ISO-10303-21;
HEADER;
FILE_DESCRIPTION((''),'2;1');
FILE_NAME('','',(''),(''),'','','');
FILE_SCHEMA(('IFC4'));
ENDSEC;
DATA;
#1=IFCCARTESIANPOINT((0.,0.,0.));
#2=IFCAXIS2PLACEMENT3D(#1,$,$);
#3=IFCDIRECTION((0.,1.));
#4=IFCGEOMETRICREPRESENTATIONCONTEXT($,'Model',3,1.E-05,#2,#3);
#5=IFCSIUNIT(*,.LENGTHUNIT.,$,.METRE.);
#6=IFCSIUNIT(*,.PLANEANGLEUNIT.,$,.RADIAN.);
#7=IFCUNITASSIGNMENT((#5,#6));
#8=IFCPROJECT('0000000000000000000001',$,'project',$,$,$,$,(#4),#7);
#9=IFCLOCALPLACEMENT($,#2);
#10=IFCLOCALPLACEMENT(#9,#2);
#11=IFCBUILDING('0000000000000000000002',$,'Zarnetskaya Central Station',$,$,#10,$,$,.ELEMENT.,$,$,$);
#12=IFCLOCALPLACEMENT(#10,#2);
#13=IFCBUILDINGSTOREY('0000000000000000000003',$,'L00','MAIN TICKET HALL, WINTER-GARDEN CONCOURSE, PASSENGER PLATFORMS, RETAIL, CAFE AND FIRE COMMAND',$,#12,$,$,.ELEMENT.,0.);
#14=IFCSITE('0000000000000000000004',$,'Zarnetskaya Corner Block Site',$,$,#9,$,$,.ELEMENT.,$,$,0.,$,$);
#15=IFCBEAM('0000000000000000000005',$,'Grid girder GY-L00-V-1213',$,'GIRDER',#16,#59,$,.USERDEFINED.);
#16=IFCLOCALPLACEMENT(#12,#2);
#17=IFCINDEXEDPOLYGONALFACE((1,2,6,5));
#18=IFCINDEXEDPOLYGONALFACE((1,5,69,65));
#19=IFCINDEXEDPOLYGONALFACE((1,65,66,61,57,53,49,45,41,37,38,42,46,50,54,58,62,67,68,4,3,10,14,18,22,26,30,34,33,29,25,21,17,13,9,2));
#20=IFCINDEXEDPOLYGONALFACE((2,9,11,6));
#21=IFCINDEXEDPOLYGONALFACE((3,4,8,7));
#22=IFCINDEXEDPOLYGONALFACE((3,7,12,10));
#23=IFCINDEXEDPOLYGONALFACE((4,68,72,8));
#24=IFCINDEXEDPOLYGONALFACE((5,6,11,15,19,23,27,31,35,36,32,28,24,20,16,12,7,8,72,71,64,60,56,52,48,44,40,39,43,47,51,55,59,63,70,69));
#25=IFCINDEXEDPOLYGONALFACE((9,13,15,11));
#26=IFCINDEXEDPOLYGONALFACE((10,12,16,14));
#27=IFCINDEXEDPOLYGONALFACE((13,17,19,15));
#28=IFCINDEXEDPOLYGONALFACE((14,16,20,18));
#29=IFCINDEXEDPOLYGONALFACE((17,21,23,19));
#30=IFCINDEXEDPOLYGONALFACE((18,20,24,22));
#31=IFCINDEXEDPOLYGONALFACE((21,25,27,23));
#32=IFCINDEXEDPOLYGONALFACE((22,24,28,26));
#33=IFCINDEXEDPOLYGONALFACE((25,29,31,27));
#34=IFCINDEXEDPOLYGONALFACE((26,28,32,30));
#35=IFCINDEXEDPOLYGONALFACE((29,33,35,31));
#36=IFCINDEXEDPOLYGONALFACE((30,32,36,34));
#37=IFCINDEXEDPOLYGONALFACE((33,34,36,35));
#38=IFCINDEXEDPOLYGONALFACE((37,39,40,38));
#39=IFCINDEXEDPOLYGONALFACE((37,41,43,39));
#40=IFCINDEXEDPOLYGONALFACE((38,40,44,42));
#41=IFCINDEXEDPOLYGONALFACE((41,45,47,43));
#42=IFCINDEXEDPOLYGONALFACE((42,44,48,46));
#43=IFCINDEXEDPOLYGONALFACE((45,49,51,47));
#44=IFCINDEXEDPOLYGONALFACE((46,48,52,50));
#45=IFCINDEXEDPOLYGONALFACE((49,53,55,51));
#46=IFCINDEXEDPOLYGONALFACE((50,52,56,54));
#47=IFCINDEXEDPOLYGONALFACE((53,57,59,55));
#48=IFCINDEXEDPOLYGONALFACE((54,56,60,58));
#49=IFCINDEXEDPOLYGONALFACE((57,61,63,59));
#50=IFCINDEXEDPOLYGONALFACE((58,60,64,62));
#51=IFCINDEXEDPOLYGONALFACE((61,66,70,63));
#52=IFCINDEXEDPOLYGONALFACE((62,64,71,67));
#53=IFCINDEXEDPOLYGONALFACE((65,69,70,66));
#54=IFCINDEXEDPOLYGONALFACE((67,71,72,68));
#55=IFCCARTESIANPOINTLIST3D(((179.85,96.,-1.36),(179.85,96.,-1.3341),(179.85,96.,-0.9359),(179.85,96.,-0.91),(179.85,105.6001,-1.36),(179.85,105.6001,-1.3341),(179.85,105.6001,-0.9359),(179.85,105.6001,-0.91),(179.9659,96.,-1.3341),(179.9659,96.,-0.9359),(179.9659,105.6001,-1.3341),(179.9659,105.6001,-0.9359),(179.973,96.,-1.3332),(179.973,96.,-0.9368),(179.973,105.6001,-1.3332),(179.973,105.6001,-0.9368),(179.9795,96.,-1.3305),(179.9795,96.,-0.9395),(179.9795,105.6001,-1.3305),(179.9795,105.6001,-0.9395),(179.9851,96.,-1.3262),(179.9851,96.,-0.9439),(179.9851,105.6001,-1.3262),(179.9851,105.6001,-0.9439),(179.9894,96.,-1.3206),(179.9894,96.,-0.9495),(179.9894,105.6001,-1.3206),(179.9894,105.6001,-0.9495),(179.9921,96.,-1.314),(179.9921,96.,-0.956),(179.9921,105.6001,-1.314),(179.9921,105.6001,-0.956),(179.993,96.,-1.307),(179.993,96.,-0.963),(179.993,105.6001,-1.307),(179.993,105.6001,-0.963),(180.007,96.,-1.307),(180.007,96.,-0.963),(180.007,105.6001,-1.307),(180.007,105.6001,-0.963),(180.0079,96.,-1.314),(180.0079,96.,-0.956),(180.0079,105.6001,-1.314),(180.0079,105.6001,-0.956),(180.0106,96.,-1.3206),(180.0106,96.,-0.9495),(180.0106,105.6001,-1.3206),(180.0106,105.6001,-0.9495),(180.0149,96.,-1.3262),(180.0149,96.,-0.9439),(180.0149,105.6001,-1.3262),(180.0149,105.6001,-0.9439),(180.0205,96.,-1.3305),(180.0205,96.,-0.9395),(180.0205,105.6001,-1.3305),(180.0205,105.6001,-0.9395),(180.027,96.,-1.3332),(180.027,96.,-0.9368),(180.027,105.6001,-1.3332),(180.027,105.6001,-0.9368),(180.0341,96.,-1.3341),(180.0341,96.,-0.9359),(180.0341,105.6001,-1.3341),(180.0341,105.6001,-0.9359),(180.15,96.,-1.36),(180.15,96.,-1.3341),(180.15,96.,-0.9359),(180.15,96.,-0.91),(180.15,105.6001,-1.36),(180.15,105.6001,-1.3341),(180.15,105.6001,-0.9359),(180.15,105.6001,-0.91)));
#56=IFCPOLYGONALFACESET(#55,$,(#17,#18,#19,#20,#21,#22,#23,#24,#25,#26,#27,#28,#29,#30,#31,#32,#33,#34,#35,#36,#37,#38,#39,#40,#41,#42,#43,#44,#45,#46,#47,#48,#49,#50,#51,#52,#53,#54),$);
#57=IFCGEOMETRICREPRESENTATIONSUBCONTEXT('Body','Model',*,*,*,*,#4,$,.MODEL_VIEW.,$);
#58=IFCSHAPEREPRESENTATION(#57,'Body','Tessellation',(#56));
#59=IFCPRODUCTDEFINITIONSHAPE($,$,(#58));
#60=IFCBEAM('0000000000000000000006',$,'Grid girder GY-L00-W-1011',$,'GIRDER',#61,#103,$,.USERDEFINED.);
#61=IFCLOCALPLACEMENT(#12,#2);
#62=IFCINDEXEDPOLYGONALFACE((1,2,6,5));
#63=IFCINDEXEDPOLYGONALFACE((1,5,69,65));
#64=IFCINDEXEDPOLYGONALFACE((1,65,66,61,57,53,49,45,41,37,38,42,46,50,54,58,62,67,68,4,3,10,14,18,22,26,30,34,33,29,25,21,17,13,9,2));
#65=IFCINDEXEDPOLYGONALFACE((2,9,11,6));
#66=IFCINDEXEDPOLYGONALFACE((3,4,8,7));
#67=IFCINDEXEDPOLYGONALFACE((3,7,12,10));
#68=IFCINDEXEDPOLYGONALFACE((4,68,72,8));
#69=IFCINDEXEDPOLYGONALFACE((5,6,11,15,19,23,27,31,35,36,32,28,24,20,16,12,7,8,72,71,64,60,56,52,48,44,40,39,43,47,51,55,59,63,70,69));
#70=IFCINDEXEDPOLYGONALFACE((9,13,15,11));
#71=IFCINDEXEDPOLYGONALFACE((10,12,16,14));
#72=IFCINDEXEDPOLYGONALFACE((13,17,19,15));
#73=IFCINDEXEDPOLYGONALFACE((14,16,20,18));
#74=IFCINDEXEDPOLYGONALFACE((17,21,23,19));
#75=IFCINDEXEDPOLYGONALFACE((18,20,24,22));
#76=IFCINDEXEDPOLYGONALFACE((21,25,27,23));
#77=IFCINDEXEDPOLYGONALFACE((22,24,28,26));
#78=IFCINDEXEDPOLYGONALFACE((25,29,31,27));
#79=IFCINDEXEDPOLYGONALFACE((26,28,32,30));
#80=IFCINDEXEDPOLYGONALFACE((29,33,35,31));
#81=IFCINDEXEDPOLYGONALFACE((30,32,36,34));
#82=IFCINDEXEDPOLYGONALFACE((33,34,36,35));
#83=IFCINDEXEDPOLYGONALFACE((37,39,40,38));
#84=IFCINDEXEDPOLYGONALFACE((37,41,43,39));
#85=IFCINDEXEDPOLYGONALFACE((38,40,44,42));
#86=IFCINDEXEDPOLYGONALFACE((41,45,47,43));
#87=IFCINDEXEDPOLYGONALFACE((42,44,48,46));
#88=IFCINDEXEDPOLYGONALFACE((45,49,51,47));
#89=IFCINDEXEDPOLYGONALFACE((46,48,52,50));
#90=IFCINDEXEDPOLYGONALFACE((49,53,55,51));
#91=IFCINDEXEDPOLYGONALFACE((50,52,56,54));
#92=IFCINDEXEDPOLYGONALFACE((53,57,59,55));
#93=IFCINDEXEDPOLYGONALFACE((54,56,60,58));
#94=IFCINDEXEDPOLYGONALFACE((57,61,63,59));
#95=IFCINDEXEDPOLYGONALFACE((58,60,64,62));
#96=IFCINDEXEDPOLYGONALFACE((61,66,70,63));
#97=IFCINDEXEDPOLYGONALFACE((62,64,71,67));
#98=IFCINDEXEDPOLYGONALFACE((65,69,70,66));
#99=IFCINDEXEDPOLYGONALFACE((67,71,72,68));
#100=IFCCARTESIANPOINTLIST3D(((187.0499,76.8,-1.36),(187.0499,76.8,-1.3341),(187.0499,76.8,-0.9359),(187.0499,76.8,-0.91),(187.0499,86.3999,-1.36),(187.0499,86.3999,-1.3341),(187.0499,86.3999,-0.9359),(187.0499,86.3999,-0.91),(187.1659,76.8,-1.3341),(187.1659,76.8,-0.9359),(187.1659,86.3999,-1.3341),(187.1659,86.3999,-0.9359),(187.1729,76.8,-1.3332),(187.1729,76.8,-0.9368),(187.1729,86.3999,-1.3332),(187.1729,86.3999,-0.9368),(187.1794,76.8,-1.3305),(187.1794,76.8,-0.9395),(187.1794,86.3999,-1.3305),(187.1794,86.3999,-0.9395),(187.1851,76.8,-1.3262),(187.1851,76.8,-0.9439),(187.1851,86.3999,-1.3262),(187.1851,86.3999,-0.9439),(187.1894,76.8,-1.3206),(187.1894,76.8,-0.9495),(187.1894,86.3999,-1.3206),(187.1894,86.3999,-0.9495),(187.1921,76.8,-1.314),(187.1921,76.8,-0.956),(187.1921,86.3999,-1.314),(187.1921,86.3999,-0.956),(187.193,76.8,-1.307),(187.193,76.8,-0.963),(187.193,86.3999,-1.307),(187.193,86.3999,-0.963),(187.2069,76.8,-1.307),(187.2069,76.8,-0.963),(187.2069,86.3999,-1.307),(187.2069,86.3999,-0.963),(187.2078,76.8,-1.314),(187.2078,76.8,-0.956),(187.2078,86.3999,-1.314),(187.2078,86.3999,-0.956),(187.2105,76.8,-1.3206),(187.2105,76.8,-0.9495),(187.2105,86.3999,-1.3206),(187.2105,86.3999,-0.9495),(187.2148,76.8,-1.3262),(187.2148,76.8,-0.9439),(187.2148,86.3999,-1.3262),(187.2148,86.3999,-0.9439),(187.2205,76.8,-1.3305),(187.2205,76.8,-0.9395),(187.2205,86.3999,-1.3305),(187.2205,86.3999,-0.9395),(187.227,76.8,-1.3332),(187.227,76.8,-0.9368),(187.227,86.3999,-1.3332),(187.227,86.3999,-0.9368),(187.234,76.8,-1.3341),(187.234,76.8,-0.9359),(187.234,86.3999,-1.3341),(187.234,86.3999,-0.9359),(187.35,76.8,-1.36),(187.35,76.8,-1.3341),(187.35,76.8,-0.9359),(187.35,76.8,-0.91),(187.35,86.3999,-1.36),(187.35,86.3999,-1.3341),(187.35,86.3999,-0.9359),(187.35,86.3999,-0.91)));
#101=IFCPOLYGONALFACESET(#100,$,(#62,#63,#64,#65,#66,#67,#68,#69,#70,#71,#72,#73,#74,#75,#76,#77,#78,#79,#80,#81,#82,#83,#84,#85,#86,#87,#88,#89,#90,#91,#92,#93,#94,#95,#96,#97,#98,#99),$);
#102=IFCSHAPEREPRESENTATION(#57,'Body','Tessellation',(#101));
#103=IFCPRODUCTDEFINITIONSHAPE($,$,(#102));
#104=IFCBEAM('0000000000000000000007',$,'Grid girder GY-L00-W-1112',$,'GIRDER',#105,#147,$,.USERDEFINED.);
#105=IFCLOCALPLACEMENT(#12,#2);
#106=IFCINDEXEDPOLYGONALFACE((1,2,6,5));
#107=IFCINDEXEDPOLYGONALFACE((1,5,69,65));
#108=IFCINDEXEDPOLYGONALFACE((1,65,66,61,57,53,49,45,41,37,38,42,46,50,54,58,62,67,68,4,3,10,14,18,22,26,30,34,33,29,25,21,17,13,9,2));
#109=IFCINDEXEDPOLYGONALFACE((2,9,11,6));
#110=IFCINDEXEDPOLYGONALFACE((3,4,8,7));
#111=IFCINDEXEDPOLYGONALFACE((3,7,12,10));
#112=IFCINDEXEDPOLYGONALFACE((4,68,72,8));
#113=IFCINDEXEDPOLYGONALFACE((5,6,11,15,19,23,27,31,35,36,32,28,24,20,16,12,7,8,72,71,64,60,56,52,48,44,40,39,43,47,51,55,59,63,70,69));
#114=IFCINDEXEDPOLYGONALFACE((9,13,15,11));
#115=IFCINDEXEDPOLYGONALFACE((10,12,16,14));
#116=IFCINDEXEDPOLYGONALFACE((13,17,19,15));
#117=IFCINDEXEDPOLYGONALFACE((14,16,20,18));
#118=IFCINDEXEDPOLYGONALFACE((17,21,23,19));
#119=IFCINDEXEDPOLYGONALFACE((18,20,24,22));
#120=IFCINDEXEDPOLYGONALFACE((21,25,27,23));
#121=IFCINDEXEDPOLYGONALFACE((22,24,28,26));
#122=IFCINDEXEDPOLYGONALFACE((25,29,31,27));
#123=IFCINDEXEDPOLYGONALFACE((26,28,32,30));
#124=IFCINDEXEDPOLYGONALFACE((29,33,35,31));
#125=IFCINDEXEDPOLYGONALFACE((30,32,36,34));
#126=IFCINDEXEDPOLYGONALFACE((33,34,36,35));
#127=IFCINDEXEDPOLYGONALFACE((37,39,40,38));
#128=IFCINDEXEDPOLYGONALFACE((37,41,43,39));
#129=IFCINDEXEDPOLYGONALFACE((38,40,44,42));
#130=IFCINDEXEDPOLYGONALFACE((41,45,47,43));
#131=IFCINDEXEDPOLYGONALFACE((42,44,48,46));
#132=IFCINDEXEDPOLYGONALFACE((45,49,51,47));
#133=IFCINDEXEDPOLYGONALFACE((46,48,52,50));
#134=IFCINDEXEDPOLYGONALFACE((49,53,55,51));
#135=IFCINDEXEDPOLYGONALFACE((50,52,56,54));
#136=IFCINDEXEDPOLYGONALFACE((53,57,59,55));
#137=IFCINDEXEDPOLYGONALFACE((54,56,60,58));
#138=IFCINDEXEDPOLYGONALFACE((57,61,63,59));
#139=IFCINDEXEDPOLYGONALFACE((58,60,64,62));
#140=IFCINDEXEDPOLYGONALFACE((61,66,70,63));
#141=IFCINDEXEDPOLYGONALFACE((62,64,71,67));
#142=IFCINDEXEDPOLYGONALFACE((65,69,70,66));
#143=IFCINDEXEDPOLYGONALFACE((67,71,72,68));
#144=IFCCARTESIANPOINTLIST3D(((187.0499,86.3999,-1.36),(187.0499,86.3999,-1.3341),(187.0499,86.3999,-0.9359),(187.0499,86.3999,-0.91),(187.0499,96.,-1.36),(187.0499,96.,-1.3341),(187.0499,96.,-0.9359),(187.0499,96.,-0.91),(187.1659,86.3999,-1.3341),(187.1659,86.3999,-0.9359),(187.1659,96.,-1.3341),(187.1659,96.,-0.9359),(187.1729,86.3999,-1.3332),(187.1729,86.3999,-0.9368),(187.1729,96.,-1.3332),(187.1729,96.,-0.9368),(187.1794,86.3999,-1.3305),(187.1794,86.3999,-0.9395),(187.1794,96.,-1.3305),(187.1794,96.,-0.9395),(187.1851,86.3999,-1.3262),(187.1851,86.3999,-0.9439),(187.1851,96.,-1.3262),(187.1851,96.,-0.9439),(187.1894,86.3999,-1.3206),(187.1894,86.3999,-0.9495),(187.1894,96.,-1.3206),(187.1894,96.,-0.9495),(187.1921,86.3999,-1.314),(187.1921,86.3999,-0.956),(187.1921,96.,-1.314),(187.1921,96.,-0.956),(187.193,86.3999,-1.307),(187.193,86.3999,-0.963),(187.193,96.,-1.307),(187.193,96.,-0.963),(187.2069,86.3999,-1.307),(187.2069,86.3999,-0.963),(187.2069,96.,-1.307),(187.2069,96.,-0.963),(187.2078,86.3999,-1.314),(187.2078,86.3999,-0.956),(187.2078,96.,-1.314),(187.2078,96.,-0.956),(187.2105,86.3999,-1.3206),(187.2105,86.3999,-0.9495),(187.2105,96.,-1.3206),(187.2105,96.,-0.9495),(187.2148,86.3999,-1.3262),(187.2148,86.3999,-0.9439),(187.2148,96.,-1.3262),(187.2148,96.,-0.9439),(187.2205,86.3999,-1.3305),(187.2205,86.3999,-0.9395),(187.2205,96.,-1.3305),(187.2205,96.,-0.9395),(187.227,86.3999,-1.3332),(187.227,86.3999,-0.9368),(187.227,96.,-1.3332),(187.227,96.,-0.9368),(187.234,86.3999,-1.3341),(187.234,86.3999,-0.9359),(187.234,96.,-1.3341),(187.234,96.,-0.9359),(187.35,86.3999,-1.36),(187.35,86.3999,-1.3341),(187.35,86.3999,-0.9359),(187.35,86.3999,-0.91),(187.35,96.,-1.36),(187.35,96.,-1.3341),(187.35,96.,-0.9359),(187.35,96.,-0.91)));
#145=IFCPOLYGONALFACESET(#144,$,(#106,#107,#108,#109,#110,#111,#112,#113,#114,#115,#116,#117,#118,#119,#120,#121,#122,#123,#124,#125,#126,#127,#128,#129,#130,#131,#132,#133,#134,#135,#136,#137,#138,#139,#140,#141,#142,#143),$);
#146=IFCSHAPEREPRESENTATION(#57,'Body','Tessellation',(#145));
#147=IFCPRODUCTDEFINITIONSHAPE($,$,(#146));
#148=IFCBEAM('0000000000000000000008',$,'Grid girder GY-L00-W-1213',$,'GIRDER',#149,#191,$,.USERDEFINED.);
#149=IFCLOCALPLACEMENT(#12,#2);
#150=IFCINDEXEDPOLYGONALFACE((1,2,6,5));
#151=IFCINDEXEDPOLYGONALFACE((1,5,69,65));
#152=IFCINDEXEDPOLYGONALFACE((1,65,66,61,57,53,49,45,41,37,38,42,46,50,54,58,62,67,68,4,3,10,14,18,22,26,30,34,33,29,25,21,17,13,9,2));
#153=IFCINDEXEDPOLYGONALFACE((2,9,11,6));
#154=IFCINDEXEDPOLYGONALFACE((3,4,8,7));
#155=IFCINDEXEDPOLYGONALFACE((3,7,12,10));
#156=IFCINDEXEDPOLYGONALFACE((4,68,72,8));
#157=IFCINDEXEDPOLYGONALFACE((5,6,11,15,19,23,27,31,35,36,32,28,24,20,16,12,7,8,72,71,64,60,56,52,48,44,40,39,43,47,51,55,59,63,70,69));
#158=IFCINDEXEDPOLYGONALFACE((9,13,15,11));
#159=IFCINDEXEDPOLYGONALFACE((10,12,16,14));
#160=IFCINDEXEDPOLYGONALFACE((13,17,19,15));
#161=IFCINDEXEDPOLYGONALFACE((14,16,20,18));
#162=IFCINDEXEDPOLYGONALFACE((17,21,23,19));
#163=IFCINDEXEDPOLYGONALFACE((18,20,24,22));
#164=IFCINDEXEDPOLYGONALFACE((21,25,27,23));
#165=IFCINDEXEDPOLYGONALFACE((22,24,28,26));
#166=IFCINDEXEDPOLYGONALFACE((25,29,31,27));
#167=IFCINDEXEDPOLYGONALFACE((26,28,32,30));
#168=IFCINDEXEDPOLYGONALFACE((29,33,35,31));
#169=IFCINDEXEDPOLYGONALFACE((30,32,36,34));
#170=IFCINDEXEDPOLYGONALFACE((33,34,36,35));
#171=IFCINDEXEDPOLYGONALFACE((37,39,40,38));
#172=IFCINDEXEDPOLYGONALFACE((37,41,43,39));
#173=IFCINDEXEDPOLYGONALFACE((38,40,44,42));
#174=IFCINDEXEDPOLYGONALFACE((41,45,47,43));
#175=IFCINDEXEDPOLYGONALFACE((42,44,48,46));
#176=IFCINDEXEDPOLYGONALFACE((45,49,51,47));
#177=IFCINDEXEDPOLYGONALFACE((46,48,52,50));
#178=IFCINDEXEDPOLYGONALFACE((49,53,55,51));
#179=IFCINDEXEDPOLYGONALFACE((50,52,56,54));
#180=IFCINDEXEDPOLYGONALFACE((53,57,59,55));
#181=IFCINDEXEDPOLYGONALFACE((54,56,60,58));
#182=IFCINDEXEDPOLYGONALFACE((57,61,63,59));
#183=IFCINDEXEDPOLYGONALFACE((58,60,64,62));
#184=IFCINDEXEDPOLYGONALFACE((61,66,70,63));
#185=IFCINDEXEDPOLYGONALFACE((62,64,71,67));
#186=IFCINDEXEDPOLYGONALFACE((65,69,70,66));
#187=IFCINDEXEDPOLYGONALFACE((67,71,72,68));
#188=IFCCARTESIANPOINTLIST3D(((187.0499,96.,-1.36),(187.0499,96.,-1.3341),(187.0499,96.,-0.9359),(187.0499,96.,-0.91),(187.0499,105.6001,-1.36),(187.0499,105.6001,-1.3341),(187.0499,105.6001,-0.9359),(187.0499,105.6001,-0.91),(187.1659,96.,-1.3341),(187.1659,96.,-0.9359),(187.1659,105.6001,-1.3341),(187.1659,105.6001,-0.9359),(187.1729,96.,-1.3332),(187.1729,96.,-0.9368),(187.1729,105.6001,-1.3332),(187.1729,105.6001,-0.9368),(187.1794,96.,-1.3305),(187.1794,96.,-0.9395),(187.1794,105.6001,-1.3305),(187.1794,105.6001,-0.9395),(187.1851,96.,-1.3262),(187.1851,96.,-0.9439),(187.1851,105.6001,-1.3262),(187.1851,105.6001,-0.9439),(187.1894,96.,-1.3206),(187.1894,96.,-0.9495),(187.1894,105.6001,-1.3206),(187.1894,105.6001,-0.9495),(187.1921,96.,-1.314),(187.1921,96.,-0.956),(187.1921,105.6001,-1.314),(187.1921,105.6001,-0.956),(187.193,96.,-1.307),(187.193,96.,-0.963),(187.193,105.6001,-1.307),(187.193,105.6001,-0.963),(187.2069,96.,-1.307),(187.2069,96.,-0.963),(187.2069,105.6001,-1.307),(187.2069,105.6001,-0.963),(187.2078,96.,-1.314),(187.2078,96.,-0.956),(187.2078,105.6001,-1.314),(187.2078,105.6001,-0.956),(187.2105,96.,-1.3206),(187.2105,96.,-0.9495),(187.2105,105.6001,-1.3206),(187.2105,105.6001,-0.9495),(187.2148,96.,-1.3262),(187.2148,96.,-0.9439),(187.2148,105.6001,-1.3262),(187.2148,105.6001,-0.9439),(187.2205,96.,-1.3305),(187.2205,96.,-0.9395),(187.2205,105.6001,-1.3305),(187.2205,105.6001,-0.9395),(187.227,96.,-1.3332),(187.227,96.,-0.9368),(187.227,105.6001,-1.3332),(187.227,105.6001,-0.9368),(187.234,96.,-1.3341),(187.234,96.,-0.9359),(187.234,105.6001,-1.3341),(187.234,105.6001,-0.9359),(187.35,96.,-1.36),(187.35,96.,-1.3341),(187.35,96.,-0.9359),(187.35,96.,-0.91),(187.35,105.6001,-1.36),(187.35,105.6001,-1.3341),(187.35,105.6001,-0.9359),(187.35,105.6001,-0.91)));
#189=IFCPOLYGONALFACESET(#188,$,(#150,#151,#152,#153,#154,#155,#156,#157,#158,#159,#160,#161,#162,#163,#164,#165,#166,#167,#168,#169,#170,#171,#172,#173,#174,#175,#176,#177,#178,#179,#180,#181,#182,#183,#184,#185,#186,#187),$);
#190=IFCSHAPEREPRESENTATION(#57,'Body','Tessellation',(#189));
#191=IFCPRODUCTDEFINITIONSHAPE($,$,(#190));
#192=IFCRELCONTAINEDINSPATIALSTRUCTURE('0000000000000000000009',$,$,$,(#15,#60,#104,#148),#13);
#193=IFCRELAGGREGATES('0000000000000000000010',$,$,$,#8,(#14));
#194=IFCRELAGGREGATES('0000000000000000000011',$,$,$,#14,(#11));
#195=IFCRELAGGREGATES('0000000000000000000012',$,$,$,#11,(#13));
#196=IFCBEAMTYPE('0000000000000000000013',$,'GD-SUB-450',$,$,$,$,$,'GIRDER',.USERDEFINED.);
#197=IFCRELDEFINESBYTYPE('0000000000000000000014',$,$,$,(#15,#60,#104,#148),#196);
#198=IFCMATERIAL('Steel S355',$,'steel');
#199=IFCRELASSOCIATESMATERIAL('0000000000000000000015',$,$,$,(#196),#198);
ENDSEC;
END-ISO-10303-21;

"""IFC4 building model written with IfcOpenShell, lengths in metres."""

from ifc_helpers import new_model, si_unit, direction, frame, origin, origin_2d, place, context, subcontext, project, spatial, i_section, extrude, material, material_profile, profile_set, type_object, element, save


model = new_model("IFC4")

# Units and contexts
model_context = context("Model", 3, precision=1e-05, world=origin(), true_north=direction((0.0, 1.0)))
body_context = subcontext(model_context, "Body", "Model", "MODEL_VIEW")
ifc_project = project(units=[si_unit("LENGTHUNIT", "METRE"), si_unit("PLANEANGLEUNIT", "RADIAN")], contexts=[model_context])

# Site, building, storey
site_placement = place(None, origin())
site = spatial("IfcSite", under=ifc_project, at=site_placement, Name="Zarnetskaya Corner Block Site", CompositionType="ELEMENT", RefElevation=0.0)
building_placement = place(site_placement, origin())
building = spatial("IfcBuilding", under=site, at=building_placement, Name="Zarnetskaya Central Station", CompositionType="ELEMENT")
storey_placement = place(building_placement, origin())
storey = spatial("IfcBuildingStorey", under=building, at=storey_placement, Name="L00", Description="MAIN TICKET HALL, WINTER-GARDEN CONCOURSE, PASSENGER PLATFORMS, RETAIL, CAFE AND FIRE COMMAND", CompositionType="ELEMENT", Elevation=0.0)

# Shared definitions
ifc_material = material(Name="Steel S355", Category="steel")

# Beams
ifc_material_profile_1 = material_profile(ifc_material, i_section(OverallWidth=0.3, OverallDepth=0.45, WebThickness=0.0139, FlangeThickness=0.0259, FilletRadius=0.0271, at=origin_2d()), Name="HEB 450")
ifc_profile_set_1 = profile_set([ifc_material_profile_1], Name="Steel S355")
beam_type_1 = type_object("IfcBeamType", Name="GD-SUB-450", ElementType="GIRDER", PredefinedType="USERDEFINED", material=ifc_profile_set_1)
for number, where, z_axis, x_axis, name in (
    (1, (180.0, 96.0, -1.135), (0.0, 1.0, 0.0), (-1.0, 0.0, 0.0), "Grid girder GY-L00-V-1213"),
):
    element("IfcBeam", number, at=place(storey_placement, frame(where, z_axis=z_axis, x_axis=x_axis)), inside=storey, type_object=beam_type_1, Name=name, ObjectType="GIRDER", PredefinedType="USERDEFINED", context=body_context, shape_type="SweptSolid", body=[
        extrude(i_section(OverallWidth=0.3, OverallDepth=0.45, WebThickness=0.0139, FlangeThickness=0.0259, FilletRadius=0.0271, at=origin_2d()), origin(), (0.0, 0.0, 1.0), 9.6001),
    ])
beam_1_placement = place(storey_placement, frame((187.2, 76.8, -1.135), z_axis=(0.0, 1.0, 0.0), x_axis=(-1.0, 0.0, 0.0)))
element("IfcBeam", 2, at=beam_1_placement, inside=storey, type_object=beam_type_1, Name="Grid girder GY-L00-W-1011", ObjectType="GIRDER", PredefinedType="USERDEFINED", context=body_context, shape_type="SweptSolid", body=[
    extrude(i_section(OverallWidth=0.3, OverallDepth=0.45, WebThickness=0.0139, FlangeThickness=0.0259, FilletRadius=0.0271, at=origin_2d()), origin(), (0.0, 0.0, 1.0), 9.5999),
])
for number, where, z_axis, x_axis, name in (
    (3, (187.2, 86.3999, -1.135), (0.0, 1.0, 0.0), (-1.0, 0.0, 0.0), "Grid girder GY-L00-W-1112"),
    (4, (187.2, 96.0, -1.135), (0.0, 1.0, 0.0), (-1.0, 0.0, 0.0), "Grid girder GY-L00-W-1213"),
):
    element("IfcBeam", number, at=place(storey_placement, frame(where, z_axis=z_axis, x_axis=x_axis)), inside=storey, type_object=beam_type_1, Name=name, ObjectType="GIRDER", PredefinedType="USERDEFINED", context=body_context, shape_type="SweptSolid", body=[
        extrude(i_section(OverallWidth=0.3, OverallDepth=0.45, WebThickness=0.0139, FlangeThickness=0.0259, FilletRadius=0.0271, at=origin_2d()), origin(), (0.0, 0.0, 1.0), 9.6001),
    ])

save(model, "model.ifc")
